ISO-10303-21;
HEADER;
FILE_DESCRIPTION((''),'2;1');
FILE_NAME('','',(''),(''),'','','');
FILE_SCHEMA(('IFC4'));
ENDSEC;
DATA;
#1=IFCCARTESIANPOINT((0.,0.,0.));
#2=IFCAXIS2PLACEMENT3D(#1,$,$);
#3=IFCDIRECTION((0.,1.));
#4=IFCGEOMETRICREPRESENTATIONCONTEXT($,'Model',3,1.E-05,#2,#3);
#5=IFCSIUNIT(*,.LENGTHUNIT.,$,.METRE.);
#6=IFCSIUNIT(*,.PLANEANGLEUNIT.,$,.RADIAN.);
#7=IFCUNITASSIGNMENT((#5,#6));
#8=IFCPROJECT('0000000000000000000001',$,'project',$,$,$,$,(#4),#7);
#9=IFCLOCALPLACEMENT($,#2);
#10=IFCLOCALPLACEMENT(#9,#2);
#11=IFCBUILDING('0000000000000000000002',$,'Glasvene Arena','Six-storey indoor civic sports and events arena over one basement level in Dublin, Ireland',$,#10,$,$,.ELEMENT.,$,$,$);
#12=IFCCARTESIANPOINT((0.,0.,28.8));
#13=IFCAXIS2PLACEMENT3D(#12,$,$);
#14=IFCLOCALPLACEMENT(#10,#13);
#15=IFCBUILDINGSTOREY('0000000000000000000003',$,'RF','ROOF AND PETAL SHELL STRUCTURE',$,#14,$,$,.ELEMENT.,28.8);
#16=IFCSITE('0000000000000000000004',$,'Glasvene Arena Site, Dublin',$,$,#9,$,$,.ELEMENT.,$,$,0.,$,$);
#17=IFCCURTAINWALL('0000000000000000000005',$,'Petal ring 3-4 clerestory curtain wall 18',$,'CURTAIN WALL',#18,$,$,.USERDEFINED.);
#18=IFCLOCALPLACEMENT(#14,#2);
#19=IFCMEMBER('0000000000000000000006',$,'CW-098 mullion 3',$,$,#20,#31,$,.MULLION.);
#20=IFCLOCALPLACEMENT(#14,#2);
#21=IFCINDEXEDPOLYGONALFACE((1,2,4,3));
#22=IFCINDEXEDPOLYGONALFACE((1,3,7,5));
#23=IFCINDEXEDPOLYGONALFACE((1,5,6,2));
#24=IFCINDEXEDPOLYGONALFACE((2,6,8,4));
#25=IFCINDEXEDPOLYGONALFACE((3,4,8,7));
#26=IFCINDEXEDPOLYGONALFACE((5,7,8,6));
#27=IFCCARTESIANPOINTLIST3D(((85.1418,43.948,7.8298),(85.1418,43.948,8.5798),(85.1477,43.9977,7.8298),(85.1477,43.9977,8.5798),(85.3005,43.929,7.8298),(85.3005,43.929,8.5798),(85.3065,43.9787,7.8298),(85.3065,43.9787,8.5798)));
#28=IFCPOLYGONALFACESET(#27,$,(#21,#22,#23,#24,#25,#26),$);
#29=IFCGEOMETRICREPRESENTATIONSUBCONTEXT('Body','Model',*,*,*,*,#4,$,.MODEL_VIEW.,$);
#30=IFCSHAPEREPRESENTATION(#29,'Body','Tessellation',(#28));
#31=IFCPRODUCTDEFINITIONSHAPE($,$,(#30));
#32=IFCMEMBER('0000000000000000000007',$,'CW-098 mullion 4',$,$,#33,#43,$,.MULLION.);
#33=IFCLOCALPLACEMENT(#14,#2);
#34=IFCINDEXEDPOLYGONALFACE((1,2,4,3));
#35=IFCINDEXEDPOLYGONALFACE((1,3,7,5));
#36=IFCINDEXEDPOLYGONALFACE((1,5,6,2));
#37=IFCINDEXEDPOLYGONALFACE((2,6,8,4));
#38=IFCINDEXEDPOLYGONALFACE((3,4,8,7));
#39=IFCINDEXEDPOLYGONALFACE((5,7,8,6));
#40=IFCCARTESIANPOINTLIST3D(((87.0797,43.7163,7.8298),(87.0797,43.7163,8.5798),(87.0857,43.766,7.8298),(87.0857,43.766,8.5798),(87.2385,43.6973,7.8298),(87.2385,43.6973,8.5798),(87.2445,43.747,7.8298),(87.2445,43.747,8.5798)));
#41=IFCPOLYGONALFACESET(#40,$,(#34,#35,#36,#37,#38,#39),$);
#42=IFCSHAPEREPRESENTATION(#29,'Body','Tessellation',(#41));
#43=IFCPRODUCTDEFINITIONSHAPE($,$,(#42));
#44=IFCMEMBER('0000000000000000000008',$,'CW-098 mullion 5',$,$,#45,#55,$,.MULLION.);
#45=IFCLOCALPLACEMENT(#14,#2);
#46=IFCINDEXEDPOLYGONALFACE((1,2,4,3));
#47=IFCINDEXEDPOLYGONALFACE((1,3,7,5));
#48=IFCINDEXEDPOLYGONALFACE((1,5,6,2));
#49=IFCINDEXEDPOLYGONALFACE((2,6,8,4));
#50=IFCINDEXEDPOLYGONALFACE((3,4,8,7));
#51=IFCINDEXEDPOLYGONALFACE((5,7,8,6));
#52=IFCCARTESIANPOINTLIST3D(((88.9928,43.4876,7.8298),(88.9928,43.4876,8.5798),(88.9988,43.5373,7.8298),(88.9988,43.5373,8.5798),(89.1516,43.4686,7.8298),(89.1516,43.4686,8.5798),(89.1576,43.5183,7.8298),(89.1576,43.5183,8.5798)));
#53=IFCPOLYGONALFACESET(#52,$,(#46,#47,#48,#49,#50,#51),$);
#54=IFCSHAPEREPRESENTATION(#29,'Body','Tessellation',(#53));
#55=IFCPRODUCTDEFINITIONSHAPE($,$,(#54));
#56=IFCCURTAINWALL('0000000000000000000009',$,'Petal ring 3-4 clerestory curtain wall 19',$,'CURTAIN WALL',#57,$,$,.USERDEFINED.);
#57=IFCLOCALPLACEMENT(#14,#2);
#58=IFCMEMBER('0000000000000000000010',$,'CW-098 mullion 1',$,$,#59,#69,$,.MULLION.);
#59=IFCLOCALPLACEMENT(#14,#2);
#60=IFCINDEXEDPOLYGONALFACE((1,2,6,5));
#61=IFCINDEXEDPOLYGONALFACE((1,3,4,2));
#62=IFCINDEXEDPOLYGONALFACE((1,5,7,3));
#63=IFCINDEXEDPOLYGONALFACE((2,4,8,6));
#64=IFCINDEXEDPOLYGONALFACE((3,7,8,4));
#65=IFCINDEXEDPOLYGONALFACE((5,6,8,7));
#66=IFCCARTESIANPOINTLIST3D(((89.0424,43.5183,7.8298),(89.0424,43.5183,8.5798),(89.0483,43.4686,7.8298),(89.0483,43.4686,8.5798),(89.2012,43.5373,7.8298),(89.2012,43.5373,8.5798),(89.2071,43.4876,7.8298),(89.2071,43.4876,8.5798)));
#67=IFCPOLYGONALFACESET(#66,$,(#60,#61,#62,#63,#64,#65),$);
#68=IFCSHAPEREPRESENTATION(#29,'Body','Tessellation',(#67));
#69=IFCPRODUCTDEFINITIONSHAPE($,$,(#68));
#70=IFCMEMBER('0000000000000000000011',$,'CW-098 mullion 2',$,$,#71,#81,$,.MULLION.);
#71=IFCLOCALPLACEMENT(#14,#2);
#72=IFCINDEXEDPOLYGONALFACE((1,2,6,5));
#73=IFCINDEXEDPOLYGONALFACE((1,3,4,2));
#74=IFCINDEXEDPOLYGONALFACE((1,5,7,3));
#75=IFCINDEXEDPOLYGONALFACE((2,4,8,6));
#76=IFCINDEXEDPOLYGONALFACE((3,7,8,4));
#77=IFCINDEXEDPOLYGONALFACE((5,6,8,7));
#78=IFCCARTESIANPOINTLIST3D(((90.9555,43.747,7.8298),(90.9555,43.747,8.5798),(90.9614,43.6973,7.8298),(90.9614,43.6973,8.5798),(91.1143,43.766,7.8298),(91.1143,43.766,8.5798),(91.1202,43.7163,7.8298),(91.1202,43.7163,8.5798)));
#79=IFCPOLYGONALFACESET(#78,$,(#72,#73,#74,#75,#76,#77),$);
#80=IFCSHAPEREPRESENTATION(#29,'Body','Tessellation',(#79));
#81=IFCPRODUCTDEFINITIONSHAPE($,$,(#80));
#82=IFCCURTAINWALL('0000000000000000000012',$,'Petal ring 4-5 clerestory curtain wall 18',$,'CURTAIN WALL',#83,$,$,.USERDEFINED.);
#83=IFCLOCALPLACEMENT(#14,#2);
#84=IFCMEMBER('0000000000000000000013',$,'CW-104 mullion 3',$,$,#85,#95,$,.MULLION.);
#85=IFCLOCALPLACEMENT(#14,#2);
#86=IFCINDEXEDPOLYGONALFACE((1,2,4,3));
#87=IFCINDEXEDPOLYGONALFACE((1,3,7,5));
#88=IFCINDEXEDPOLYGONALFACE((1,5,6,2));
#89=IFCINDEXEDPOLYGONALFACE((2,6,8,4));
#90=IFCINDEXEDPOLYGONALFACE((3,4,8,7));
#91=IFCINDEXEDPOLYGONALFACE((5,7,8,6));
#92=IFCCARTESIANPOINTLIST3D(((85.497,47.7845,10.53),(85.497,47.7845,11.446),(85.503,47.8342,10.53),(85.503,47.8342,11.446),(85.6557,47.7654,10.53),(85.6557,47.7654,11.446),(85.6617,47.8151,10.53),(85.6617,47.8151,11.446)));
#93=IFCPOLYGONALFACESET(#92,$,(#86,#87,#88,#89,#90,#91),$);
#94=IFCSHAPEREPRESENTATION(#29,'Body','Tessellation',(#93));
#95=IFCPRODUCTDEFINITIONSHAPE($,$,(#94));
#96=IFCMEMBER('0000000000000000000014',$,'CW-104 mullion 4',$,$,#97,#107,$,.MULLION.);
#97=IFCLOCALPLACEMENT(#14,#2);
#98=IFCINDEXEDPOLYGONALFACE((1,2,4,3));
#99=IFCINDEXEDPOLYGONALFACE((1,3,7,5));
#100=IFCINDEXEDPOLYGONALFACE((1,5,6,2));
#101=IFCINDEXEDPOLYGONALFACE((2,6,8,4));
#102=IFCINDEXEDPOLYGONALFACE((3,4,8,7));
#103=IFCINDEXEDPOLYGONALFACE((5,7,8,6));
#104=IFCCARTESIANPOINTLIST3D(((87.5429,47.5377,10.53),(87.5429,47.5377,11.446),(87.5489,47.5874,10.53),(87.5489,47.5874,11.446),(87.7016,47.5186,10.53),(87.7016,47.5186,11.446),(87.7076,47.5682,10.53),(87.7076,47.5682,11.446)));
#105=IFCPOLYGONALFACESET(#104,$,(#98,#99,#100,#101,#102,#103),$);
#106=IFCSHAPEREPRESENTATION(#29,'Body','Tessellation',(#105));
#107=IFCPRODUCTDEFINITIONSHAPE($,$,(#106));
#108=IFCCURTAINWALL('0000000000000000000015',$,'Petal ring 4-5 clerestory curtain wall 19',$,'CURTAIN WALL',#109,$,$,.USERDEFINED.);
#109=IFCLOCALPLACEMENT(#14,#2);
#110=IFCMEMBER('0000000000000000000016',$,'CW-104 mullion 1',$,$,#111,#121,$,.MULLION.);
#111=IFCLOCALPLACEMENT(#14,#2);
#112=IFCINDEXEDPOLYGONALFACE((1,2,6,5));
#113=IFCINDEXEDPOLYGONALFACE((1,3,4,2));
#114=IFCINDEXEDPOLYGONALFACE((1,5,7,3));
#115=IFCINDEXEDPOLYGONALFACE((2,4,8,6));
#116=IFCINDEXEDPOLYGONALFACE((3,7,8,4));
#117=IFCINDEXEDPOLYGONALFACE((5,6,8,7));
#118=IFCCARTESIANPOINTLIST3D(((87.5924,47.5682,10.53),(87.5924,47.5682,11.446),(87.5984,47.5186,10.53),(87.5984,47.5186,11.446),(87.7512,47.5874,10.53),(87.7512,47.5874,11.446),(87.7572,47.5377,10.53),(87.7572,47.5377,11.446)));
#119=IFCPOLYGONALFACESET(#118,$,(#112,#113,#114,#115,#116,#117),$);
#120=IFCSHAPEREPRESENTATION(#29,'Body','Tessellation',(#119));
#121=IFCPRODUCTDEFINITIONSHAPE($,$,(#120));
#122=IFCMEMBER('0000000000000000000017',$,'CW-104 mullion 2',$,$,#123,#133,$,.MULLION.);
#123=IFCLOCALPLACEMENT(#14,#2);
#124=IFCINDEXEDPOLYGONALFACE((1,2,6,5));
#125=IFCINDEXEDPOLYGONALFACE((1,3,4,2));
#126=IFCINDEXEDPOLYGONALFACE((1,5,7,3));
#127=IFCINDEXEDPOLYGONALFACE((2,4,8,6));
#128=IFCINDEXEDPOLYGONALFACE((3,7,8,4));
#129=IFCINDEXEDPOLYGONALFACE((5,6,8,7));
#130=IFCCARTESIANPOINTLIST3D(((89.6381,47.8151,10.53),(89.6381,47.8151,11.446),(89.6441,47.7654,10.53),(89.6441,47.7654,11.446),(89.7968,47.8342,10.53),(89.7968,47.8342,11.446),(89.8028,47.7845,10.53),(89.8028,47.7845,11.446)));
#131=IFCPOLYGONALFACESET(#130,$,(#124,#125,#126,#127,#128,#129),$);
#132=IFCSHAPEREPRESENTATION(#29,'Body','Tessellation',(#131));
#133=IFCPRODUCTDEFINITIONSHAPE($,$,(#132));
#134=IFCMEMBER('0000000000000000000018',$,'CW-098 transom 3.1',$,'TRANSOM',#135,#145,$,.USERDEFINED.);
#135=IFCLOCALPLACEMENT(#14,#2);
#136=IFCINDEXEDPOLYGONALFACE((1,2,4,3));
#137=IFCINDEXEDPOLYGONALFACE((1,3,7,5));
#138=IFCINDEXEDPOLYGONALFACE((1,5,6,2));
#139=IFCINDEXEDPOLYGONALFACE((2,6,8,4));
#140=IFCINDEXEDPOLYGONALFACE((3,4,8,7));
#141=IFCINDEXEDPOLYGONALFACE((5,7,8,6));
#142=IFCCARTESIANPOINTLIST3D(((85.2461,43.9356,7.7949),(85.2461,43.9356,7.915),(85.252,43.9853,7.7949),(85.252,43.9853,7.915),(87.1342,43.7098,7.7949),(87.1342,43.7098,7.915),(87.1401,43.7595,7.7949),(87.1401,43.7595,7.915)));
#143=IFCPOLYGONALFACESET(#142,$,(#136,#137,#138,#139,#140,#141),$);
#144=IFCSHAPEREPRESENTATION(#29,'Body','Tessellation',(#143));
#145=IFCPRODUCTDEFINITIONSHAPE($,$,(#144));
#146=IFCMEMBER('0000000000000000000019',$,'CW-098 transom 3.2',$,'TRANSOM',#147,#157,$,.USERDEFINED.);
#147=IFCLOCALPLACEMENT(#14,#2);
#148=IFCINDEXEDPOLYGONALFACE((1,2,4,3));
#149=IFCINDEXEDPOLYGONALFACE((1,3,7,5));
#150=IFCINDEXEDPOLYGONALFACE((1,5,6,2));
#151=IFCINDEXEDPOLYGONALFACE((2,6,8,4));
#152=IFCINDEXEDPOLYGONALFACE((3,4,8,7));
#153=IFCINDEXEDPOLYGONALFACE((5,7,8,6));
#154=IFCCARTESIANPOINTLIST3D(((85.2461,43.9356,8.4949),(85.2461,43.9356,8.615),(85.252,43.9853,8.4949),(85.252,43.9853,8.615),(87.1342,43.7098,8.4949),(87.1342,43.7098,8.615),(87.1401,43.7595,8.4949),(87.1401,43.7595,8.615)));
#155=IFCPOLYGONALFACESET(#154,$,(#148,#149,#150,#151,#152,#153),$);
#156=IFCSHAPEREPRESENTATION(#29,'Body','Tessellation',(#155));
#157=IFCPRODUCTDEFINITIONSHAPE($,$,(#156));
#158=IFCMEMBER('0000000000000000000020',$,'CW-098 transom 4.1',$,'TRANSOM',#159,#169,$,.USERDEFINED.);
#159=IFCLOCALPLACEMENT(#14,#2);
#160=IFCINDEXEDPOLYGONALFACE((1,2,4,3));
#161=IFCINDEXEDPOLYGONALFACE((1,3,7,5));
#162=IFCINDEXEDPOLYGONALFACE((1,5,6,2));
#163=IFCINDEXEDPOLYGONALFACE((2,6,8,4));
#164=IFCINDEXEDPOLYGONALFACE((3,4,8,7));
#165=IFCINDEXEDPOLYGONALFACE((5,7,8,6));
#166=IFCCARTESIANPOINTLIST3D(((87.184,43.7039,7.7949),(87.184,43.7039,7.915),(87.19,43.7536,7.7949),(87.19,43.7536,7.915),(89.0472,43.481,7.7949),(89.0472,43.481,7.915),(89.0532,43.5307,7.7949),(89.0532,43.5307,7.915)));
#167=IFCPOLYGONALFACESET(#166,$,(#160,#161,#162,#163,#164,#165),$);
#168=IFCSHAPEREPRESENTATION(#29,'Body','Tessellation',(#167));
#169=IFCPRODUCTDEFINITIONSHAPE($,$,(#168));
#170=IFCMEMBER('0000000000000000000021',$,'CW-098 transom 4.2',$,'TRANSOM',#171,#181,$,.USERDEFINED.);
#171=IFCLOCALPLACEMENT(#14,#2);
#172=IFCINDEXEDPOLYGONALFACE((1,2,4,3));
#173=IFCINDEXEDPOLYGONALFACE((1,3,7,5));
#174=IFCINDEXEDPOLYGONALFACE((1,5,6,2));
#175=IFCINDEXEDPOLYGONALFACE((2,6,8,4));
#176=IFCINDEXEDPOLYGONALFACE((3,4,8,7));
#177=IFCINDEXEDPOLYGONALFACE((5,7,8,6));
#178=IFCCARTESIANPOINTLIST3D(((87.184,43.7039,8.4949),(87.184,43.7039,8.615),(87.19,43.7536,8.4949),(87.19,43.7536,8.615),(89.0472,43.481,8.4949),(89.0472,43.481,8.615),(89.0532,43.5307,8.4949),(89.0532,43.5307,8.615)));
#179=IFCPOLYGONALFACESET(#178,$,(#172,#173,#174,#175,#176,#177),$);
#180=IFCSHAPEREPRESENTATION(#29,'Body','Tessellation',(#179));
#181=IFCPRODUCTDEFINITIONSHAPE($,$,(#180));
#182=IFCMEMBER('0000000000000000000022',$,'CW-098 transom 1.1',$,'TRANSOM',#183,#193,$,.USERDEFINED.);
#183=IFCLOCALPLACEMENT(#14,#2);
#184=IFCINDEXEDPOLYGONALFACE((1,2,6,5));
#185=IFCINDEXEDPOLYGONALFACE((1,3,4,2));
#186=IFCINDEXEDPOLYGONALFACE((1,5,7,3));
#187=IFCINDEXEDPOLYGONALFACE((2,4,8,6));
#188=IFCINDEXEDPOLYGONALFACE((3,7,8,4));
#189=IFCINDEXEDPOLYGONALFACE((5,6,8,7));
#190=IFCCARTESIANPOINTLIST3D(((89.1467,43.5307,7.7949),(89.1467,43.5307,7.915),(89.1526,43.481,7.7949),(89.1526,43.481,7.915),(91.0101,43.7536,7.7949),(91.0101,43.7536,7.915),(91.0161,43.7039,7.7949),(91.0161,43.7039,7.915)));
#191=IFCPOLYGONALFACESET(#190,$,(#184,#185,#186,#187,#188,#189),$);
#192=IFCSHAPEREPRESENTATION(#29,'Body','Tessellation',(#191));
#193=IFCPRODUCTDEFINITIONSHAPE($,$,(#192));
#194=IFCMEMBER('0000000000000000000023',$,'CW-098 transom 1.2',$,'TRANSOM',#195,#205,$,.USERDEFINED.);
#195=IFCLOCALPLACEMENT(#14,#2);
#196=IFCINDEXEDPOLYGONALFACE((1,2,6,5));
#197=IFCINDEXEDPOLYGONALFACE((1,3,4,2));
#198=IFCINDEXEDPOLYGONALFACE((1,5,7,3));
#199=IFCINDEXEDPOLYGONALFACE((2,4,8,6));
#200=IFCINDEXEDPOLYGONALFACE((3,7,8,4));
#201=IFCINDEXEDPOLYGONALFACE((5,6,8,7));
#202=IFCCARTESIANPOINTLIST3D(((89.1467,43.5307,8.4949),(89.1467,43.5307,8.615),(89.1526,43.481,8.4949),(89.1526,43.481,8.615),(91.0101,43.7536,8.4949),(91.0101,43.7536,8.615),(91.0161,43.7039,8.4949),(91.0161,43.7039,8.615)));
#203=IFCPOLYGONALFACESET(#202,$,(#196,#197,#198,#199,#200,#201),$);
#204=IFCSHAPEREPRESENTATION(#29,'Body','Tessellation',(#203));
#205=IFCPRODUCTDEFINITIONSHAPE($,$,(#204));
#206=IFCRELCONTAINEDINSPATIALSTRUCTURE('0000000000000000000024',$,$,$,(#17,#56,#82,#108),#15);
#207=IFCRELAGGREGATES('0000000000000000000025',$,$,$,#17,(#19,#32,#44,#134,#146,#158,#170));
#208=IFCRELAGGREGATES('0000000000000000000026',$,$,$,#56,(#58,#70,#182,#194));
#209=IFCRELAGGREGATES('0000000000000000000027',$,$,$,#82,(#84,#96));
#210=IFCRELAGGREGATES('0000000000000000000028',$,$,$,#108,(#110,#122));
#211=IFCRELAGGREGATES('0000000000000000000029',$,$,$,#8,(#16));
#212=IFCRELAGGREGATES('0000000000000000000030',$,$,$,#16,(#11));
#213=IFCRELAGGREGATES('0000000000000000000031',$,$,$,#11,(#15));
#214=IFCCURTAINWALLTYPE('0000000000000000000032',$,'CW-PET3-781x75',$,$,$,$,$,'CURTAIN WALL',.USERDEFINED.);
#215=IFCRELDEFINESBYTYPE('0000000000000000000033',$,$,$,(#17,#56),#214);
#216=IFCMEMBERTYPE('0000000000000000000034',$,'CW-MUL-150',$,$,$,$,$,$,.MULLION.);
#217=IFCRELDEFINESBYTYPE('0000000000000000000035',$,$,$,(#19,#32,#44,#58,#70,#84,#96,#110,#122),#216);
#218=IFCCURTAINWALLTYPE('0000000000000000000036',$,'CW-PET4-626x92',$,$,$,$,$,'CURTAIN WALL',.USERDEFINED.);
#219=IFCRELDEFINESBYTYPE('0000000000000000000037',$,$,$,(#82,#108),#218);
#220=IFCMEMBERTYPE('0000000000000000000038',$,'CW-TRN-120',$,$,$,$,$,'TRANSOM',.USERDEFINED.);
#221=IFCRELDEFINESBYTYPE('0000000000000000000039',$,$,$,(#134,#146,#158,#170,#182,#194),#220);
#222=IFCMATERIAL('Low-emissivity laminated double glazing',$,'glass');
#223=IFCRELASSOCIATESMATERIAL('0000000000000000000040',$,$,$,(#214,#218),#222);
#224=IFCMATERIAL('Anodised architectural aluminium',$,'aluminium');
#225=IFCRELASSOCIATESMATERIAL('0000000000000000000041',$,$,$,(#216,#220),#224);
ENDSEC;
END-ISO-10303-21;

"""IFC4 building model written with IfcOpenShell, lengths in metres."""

from ifc_helpers import new_model, si_unit, direction, frame, origin, origin_2d, place, context, subcontext, project, spatial, rectangle, extrude, material, material_profile, profile_set, type_object, element, aggregate, save


model = new_model("IFC4")

# Units and contexts
model_context = context("Model", 3, precision=1e-05, world=origin(), true_north=direction((0.0, 1.0)))
body_context = subcontext(model_context, "Body", "Model", "MODEL_VIEW")
ifc_project = project(units=[si_unit("LENGTHUNIT", "METRE"), si_unit("PLANEANGLEUNIT", "RADIAN")], contexts=[model_context])

# Site, building, storey
site_placement = place(None, origin())
site = spatial("IfcSite", under=ifc_project, at=site_placement, Name="Glasvene Arena Site, Dublin", CompositionType="ELEMENT", RefElevation=0.0)
building_placement = place(site_placement, origin())
building = spatial("IfcBuilding", under=site, at=building_placement, Name="Glasvene Arena", Description="Six-storey indoor civic sports and events arena over one basement level in Dublin, Ireland", CompositionType="ELEMENT")
storey_placement = place(building_placement, frame((0.0, 0.0, 28.8)))
storey = spatial("IfcBuildingStorey", under=building, at=storey_placement, Name="RF", Description="ROOF AND PETAL SHELL STRUCTURE", CompositionType="ELEMENT", Elevation=28.8)

# Curtain walls, members
ifc_material_1 = material(Name="Low-emissivity laminated double glazing", Category="glass")
curtain_wall_type_1 = type_object("IfcCurtainWallType", Name="CW-PET3-781x75", ElementType="CURTAIN WALL", PredefinedType="USERDEFINED", material=ifc_material_1)
curtain_wall_1_placement = place(storey_placement, frame((81.3484, 44.4268, 0.0)))
curtain_wall_1 = element("IfcCurtainWall", 1, at=curtain_wall_1_placement, inside=storey, type_object=curtain_wall_type_1, Name="Petal ring 3-4 clerestory curtain wall 18", ObjectType="CURTAIN WALL", PredefinedType="USERDEFINED")
ifc_material_2 = material(Name="Anodised architectural aluminium", Category="aluminium")
ifc_material_profile_1 = material_profile(ifc_material_2, rectangle(XDim=0.05, YDim=0.1599, at=origin_2d()), Name="ALU MULLION 50x160")
ifc_profile_set_1 = profile_set([ifc_material_profile_1], Name="Anodised architectural aluminium")
member_type_1 = type_object("IfcMemberType", Name="CW-MUL-150", PredefinedType="MULLION", material=ifc_profile_set_1)
member_1_placement = place(storey_placement, frame((85.2241, 43.9634, 7.8298), z_axis=(0.0, 0.0, 1.0), x_axis=(0.118717, 0.992928, 0.0)))
member_1 = element("IfcMember", 2, at=member_1_placement, type_object=member_type_1, Name="CW-098 mullion 3", PredefinedType="MULLION", context=body_context, shape_type="SweptSolid", body=[
    extrude(rectangle(XDim=0.05, YDim=0.1599, at=origin_2d()), origin(), (0.0, 0.0, 1.0), 0.75),
])
member_2_placement = place(storey_placement, frame((87.1621, 43.7317, 7.8298), z_axis=(0.0, 0.0, 1.0), x_axis=(0.118717, 0.992928, 0.0)))
member_2 = element("IfcMember", 3, at=member_2_placement, type_object=member_type_1, Name="CW-098 mullion 4", PredefinedType="MULLION", context=body_context, shape_type="SweptSolid", body=[
    extrude(rectangle(XDim=0.05, YDim=0.1599, at=origin_2d()), origin(), (0.0, 0.0, 1.0), 0.75),
])
member_3_placement = place(storey_placement, frame((89.0752, 43.5029, 7.8298), z_axis=(0.0, 0.0, 1.0), x_axis=(0.118717, 0.992928, 0.0)))
member_3 = element("IfcMember", 4, at=member_3_placement, type_object=member_type_1, Name="CW-098 mullion 5", PredefinedType="MULLION", context=body_context, shape_type="SweptSolid", body=[
    extrude(rectangle(XDim=0.05, YDim=0.1599, at=origin_2d()), origin(), (0.0, 0.0, 1.0), 0.75),
])
curtain_wall_2_placement = place(storey_placement, frame((89.1001, 43.5, 0.0)))
curtain_wall_2 = element("IfcCurtainWall", 5, at=curtain_wall_2_placement, inside=storey, type_object=curtain_wall_type_1, Name="Petal ring 3-4 clerestory curtain wall 19", ObjectType="CURTAIN WALL", PredefinedType="USERDEFINED")
member_4_placement = place(storey_placement, frame((89.1248, 43.5029, 7.8298), z_axis=(0.0, 0.0, 1.0), x_axis=(-0.118717, 0.992928, 0.0)))
member_4 = element("IfcMember", 6, at=member_4_placement, type_object=member_type_1, Name="CW-098 mullion 1", PredefinedType="MULLION", context=body_context, shape_type="SweptSolid", body=[
    extrude(rectangle(XDim=0.05, YDim=0.1599, at=origin_2d()), origin(), (0.0, 0.0, 1.0), 0.75),
])
member_5_placement = place(storey_placement, frame((91.0378, 43.7317, 7.8298), z_axis=(0.0, 0.0, 1.0), x_axis=(-0.118717, 0.992928, 0.0)))
member_5 = element("IfcMember", 7, at=member_5_placement, type_object=member_type_1, Name="CW-098 mullion 2", PredefinedType="MULLION", context=body_context, shape_type="SweptSolid", body=[
    extrude(rectangle(XDim=0.05, YDim=0.1599, at=origin_2d()), origin(), (0.0, 0.0, 1.0), 0.75),
])
curtain_wall_type_2 = type_object("IfcCurtainWallType", Name="CW-PET4-626x92", ElementType="CURTAIN WALL", PredefinedType="USERDEFINED", material=ifc_material_1)
curtain_wall_3_placement = place(storey_placement, frame((81.4382, 48.2996, 0.0)))
curtain_wall_3 = element("IfcCurtainWall", 8, at=curtain_wall_3_placement, inside=storey, type_object=curtain_wall_type_2, Name="Petal ring 4-5 clerestory curtain wall 18", ObjectType="CURTAIN WALL", PredefinedType="USERDEFINED")
member_6_placement = place(storey_placement, frame((85.5793, 47.7998, 10.53), z_axis=(0.0, 0.0, 1.0), x_axis=(0.119806, 0.992797, 0.0)))
member_6 = element("IfcMember", 9, at=member_6_placement, type_object=member_type_1, Name="CW-104 mullion 3", PredefinedType="MULLION", context=body_context, shape_type="SweptSolid", body=[
    extrude(rectangle(XDim=0.05, YDim=0.1599, at=origin_2d()), origin(), (0.0, 0.0, 1.0), 0.916),
])
member_7_placement = place(storey_placement, frame((87.6252, 47.553, 10.53), z_axis=(0.0, 0.0, 1.0), x_axis=(0.119806, 0.992797, 0.0)))
member_7 = element("IfcMember", 10, at=member_7_placement, type_object=member_type_1, Name="CW-104 mullion 4", PredefinedType="MULLION", context=body_context, shape_type="SweptSolid", body=[
    extrude(rectangle(XDim=0.05, YDim=0.1599, at=origin_2d()), origin(), (0.0, 0.0, 1.0), 0.916),
])
curtain_wall_4_placement = place(storey_placement, frame((87.6499, 47.55, 0.0)))
curtain_wall_4 = element("IfcCurtainWall", 11, at=curtain_wall_4_placement, inside=storey, type_object=curtain_wall_type_2, Name="Petal ring 4-5 clerestory curtain wall 19", ObjectType="CURTAIN WALL", PredefinedType="USERDEFINED")
member_8_placement = place(storey_placement, frame((87.6748, 47.553, 10.53), z_axis=(0.0, 0.0, 1.0), x_axis=(-0.119806, 0.992797, 0.0)))
member_8 = element("IfcMember", 12, at=member_8_placement, type_object=member_type_1, Name="CW-104 mullion 1", PredefinedType="MULLION", context=body_context, shape_type="SweptSolid", body=[
    extrude(rectangle(XDim=0.05, YDim=0.1599, at=origin_2d()), origin(), (0.0, 0.0, 1.0), 0.916),
])
member_9_placement = place(storey_placement, frame((89.7205, 47.7998, 10.53), z_axis=(0.0, 0.0, 1.0), x_axis=(-0.119806, 0.992797, 0.0)))
member_9 = element("IfcMember", 13, at=member_9_placement, type_object=member_type_1, Name="CW-104 mullion 2", PredefinedType="MULLION", context=body_context, shape_type="SweptSolid", body=[
    extrude(rectangle(XDim=0.05, YDim=0.1599, at=origin_2d()), origin(), (0.0, 0.0, 1.0), 0.916),
])

# Members
ifc_material_profile_2 = material_profile(ifc_material_2, rectangle(XDim=0.05, YDim=0.1201, at=origin_2d()), Name="ALU TRANSOM 50x120")
ifc_profile_set_2 = profile_set([ifc_material_profile_2], Name="Anodised architectural aluminium")
member_type_2 = type_object("IfcMemberType", Name="CW-TRN-120", ElementType="TRANSOM", PredefinedType="USERDEFINED", material=ifc_profile_set_2)
member_10_placement = place(storey_placement, frame((85.249, 43.9604, 7.855), z_axis=(0.992924, -0.118755, 0.0), x_axis=(0.118755, 0.992924, 0.0)))
member_10 = element("IfcMember", 14, at=member_10_placement, type_object=member_type_2, Name="CW-098 transom 3.1", ObjectType="TRANSOM", PredefinedType="USERDEFINED", context=body_context, shape_type="SweptSolid", body=[
    extrude(rectangle(XDim=0.05, YDim=0.1201, at=origin_2d()), origin(), (0.0, 0.0, 1.0), 1.9016),
])
member_11_placement = place(storey_placement, frame((85.249, 43.9604, 8.5549), z_axis=(0.992924, -0.118755, 0.0), x_axis=(0.118755, 0.992924, 0.0)))
member_11 = element("IfcMember", 15, at=member_11_placement, type_object=member_type_2, Name="CW-098 transom 3.2", ObjectType="TRANSOM", PredefinedType="USERDEFINED", context=body_context, shape_type="SweptSolid", body=[
    extrude(rectangle(XDim=0.05, YDim=0.1201, at=origin_2d()), origin(), (0.0, 0.0, 1.0), 1.9016),
])
member_12_placement = place(storey_placement, frame((87.187, 43.7288, 7.855), z_axis=(0.99292, -0.118781, 0.0), x_axis=(0.118781, 0.99292, 0.0)))
member_12 = element("IfcMember", 16, at=member_12_placement, type_object=member_type_2, Name="CW-098 transom 4.1", ObjectType="TRANSOM", PredefinedType="USERDEFINED", context=body_context, shape_type="SweptSolid", body=[
    extrude(rectangle(XDim=0.05, YDim=0.1201, at=origin_2d()), origin(), (0.0, 0.0, 1.0), 1.8765),
])
member_13_placement = place(storey_placement, frame((87.187, 43.7288, 8.5549), z_axis=(0.99292, -0.118781, 0.0), x_axis=(0.118781, 0.99292, 0.0)))
member_13 = element("IfcMember", 17, at=member_13_placement, type_object=member_type_2, Name="CW-098 transom 4.2", ObjectType="TRANSOM", PredefinedType="USERDEFINED", context=body_context, shape_type="SweptSolid", body=[
    extrude(rectangle(XDim=0.05, YDim=0.1201, at=origin_2d()), origin(), (0.0, 0.0, 1.0), 1.8765),
])
member_14_placement = place(storey_placement, frame((89.1497, 43.5059, 7.855), z_axis=(0.992922, 0.118766, 0.0), x_axis=(-0.118766, 0.992922, 0.0)))
member_14 = element("IfcMember", 18, at=member_14_placement, type_object=member_type_2, Name="CW-098 transom 1.1", ObjectType="TRANSOM", PredefinedType="USERDEFINED", context=body_context, shape_type="SweptSolid", body=[
    extrude(rectangle(XDim=0.05, YDim=0.1201, at=origin_2d()), origin(), (0.0, 0.0, 1.0), 1.8767),
])
member_15_placement = place(storey_placement, frame((89.1497, 43.5059, 8.5549), z_axis=(0.992922, 0.118766, 0.0), x_axis=(-0.118766, 0.992922, 0.0)))
member_15 = element("IfcMember", 19, at=member_15_placement, type_object=member_type_2, Name="CW-098 transom 1.2", ObjectType="TRANSOM", PredefinedType="USERDEFINED", context=body_context, shape_type="SweptSolid", body=[
    extrude(rectangle(XDim=0.05, YDim=0.1201, at=origin_2d()), origin(), (0.0, 0.0, 1.0), 1.8767),
])

aggregate(curtain_wall_1, [member_1, member_2, member_3, member_10, member_11, member_12, member_13])
aggregate(curtain_wall_2, [member_4, member_5, member_14, member_15])
aggregate(curtain_wall_3, [member_6, member_7])
aggregate(curtain_wall_4, [member_8, member_9])

save(model, "model.ifc")
